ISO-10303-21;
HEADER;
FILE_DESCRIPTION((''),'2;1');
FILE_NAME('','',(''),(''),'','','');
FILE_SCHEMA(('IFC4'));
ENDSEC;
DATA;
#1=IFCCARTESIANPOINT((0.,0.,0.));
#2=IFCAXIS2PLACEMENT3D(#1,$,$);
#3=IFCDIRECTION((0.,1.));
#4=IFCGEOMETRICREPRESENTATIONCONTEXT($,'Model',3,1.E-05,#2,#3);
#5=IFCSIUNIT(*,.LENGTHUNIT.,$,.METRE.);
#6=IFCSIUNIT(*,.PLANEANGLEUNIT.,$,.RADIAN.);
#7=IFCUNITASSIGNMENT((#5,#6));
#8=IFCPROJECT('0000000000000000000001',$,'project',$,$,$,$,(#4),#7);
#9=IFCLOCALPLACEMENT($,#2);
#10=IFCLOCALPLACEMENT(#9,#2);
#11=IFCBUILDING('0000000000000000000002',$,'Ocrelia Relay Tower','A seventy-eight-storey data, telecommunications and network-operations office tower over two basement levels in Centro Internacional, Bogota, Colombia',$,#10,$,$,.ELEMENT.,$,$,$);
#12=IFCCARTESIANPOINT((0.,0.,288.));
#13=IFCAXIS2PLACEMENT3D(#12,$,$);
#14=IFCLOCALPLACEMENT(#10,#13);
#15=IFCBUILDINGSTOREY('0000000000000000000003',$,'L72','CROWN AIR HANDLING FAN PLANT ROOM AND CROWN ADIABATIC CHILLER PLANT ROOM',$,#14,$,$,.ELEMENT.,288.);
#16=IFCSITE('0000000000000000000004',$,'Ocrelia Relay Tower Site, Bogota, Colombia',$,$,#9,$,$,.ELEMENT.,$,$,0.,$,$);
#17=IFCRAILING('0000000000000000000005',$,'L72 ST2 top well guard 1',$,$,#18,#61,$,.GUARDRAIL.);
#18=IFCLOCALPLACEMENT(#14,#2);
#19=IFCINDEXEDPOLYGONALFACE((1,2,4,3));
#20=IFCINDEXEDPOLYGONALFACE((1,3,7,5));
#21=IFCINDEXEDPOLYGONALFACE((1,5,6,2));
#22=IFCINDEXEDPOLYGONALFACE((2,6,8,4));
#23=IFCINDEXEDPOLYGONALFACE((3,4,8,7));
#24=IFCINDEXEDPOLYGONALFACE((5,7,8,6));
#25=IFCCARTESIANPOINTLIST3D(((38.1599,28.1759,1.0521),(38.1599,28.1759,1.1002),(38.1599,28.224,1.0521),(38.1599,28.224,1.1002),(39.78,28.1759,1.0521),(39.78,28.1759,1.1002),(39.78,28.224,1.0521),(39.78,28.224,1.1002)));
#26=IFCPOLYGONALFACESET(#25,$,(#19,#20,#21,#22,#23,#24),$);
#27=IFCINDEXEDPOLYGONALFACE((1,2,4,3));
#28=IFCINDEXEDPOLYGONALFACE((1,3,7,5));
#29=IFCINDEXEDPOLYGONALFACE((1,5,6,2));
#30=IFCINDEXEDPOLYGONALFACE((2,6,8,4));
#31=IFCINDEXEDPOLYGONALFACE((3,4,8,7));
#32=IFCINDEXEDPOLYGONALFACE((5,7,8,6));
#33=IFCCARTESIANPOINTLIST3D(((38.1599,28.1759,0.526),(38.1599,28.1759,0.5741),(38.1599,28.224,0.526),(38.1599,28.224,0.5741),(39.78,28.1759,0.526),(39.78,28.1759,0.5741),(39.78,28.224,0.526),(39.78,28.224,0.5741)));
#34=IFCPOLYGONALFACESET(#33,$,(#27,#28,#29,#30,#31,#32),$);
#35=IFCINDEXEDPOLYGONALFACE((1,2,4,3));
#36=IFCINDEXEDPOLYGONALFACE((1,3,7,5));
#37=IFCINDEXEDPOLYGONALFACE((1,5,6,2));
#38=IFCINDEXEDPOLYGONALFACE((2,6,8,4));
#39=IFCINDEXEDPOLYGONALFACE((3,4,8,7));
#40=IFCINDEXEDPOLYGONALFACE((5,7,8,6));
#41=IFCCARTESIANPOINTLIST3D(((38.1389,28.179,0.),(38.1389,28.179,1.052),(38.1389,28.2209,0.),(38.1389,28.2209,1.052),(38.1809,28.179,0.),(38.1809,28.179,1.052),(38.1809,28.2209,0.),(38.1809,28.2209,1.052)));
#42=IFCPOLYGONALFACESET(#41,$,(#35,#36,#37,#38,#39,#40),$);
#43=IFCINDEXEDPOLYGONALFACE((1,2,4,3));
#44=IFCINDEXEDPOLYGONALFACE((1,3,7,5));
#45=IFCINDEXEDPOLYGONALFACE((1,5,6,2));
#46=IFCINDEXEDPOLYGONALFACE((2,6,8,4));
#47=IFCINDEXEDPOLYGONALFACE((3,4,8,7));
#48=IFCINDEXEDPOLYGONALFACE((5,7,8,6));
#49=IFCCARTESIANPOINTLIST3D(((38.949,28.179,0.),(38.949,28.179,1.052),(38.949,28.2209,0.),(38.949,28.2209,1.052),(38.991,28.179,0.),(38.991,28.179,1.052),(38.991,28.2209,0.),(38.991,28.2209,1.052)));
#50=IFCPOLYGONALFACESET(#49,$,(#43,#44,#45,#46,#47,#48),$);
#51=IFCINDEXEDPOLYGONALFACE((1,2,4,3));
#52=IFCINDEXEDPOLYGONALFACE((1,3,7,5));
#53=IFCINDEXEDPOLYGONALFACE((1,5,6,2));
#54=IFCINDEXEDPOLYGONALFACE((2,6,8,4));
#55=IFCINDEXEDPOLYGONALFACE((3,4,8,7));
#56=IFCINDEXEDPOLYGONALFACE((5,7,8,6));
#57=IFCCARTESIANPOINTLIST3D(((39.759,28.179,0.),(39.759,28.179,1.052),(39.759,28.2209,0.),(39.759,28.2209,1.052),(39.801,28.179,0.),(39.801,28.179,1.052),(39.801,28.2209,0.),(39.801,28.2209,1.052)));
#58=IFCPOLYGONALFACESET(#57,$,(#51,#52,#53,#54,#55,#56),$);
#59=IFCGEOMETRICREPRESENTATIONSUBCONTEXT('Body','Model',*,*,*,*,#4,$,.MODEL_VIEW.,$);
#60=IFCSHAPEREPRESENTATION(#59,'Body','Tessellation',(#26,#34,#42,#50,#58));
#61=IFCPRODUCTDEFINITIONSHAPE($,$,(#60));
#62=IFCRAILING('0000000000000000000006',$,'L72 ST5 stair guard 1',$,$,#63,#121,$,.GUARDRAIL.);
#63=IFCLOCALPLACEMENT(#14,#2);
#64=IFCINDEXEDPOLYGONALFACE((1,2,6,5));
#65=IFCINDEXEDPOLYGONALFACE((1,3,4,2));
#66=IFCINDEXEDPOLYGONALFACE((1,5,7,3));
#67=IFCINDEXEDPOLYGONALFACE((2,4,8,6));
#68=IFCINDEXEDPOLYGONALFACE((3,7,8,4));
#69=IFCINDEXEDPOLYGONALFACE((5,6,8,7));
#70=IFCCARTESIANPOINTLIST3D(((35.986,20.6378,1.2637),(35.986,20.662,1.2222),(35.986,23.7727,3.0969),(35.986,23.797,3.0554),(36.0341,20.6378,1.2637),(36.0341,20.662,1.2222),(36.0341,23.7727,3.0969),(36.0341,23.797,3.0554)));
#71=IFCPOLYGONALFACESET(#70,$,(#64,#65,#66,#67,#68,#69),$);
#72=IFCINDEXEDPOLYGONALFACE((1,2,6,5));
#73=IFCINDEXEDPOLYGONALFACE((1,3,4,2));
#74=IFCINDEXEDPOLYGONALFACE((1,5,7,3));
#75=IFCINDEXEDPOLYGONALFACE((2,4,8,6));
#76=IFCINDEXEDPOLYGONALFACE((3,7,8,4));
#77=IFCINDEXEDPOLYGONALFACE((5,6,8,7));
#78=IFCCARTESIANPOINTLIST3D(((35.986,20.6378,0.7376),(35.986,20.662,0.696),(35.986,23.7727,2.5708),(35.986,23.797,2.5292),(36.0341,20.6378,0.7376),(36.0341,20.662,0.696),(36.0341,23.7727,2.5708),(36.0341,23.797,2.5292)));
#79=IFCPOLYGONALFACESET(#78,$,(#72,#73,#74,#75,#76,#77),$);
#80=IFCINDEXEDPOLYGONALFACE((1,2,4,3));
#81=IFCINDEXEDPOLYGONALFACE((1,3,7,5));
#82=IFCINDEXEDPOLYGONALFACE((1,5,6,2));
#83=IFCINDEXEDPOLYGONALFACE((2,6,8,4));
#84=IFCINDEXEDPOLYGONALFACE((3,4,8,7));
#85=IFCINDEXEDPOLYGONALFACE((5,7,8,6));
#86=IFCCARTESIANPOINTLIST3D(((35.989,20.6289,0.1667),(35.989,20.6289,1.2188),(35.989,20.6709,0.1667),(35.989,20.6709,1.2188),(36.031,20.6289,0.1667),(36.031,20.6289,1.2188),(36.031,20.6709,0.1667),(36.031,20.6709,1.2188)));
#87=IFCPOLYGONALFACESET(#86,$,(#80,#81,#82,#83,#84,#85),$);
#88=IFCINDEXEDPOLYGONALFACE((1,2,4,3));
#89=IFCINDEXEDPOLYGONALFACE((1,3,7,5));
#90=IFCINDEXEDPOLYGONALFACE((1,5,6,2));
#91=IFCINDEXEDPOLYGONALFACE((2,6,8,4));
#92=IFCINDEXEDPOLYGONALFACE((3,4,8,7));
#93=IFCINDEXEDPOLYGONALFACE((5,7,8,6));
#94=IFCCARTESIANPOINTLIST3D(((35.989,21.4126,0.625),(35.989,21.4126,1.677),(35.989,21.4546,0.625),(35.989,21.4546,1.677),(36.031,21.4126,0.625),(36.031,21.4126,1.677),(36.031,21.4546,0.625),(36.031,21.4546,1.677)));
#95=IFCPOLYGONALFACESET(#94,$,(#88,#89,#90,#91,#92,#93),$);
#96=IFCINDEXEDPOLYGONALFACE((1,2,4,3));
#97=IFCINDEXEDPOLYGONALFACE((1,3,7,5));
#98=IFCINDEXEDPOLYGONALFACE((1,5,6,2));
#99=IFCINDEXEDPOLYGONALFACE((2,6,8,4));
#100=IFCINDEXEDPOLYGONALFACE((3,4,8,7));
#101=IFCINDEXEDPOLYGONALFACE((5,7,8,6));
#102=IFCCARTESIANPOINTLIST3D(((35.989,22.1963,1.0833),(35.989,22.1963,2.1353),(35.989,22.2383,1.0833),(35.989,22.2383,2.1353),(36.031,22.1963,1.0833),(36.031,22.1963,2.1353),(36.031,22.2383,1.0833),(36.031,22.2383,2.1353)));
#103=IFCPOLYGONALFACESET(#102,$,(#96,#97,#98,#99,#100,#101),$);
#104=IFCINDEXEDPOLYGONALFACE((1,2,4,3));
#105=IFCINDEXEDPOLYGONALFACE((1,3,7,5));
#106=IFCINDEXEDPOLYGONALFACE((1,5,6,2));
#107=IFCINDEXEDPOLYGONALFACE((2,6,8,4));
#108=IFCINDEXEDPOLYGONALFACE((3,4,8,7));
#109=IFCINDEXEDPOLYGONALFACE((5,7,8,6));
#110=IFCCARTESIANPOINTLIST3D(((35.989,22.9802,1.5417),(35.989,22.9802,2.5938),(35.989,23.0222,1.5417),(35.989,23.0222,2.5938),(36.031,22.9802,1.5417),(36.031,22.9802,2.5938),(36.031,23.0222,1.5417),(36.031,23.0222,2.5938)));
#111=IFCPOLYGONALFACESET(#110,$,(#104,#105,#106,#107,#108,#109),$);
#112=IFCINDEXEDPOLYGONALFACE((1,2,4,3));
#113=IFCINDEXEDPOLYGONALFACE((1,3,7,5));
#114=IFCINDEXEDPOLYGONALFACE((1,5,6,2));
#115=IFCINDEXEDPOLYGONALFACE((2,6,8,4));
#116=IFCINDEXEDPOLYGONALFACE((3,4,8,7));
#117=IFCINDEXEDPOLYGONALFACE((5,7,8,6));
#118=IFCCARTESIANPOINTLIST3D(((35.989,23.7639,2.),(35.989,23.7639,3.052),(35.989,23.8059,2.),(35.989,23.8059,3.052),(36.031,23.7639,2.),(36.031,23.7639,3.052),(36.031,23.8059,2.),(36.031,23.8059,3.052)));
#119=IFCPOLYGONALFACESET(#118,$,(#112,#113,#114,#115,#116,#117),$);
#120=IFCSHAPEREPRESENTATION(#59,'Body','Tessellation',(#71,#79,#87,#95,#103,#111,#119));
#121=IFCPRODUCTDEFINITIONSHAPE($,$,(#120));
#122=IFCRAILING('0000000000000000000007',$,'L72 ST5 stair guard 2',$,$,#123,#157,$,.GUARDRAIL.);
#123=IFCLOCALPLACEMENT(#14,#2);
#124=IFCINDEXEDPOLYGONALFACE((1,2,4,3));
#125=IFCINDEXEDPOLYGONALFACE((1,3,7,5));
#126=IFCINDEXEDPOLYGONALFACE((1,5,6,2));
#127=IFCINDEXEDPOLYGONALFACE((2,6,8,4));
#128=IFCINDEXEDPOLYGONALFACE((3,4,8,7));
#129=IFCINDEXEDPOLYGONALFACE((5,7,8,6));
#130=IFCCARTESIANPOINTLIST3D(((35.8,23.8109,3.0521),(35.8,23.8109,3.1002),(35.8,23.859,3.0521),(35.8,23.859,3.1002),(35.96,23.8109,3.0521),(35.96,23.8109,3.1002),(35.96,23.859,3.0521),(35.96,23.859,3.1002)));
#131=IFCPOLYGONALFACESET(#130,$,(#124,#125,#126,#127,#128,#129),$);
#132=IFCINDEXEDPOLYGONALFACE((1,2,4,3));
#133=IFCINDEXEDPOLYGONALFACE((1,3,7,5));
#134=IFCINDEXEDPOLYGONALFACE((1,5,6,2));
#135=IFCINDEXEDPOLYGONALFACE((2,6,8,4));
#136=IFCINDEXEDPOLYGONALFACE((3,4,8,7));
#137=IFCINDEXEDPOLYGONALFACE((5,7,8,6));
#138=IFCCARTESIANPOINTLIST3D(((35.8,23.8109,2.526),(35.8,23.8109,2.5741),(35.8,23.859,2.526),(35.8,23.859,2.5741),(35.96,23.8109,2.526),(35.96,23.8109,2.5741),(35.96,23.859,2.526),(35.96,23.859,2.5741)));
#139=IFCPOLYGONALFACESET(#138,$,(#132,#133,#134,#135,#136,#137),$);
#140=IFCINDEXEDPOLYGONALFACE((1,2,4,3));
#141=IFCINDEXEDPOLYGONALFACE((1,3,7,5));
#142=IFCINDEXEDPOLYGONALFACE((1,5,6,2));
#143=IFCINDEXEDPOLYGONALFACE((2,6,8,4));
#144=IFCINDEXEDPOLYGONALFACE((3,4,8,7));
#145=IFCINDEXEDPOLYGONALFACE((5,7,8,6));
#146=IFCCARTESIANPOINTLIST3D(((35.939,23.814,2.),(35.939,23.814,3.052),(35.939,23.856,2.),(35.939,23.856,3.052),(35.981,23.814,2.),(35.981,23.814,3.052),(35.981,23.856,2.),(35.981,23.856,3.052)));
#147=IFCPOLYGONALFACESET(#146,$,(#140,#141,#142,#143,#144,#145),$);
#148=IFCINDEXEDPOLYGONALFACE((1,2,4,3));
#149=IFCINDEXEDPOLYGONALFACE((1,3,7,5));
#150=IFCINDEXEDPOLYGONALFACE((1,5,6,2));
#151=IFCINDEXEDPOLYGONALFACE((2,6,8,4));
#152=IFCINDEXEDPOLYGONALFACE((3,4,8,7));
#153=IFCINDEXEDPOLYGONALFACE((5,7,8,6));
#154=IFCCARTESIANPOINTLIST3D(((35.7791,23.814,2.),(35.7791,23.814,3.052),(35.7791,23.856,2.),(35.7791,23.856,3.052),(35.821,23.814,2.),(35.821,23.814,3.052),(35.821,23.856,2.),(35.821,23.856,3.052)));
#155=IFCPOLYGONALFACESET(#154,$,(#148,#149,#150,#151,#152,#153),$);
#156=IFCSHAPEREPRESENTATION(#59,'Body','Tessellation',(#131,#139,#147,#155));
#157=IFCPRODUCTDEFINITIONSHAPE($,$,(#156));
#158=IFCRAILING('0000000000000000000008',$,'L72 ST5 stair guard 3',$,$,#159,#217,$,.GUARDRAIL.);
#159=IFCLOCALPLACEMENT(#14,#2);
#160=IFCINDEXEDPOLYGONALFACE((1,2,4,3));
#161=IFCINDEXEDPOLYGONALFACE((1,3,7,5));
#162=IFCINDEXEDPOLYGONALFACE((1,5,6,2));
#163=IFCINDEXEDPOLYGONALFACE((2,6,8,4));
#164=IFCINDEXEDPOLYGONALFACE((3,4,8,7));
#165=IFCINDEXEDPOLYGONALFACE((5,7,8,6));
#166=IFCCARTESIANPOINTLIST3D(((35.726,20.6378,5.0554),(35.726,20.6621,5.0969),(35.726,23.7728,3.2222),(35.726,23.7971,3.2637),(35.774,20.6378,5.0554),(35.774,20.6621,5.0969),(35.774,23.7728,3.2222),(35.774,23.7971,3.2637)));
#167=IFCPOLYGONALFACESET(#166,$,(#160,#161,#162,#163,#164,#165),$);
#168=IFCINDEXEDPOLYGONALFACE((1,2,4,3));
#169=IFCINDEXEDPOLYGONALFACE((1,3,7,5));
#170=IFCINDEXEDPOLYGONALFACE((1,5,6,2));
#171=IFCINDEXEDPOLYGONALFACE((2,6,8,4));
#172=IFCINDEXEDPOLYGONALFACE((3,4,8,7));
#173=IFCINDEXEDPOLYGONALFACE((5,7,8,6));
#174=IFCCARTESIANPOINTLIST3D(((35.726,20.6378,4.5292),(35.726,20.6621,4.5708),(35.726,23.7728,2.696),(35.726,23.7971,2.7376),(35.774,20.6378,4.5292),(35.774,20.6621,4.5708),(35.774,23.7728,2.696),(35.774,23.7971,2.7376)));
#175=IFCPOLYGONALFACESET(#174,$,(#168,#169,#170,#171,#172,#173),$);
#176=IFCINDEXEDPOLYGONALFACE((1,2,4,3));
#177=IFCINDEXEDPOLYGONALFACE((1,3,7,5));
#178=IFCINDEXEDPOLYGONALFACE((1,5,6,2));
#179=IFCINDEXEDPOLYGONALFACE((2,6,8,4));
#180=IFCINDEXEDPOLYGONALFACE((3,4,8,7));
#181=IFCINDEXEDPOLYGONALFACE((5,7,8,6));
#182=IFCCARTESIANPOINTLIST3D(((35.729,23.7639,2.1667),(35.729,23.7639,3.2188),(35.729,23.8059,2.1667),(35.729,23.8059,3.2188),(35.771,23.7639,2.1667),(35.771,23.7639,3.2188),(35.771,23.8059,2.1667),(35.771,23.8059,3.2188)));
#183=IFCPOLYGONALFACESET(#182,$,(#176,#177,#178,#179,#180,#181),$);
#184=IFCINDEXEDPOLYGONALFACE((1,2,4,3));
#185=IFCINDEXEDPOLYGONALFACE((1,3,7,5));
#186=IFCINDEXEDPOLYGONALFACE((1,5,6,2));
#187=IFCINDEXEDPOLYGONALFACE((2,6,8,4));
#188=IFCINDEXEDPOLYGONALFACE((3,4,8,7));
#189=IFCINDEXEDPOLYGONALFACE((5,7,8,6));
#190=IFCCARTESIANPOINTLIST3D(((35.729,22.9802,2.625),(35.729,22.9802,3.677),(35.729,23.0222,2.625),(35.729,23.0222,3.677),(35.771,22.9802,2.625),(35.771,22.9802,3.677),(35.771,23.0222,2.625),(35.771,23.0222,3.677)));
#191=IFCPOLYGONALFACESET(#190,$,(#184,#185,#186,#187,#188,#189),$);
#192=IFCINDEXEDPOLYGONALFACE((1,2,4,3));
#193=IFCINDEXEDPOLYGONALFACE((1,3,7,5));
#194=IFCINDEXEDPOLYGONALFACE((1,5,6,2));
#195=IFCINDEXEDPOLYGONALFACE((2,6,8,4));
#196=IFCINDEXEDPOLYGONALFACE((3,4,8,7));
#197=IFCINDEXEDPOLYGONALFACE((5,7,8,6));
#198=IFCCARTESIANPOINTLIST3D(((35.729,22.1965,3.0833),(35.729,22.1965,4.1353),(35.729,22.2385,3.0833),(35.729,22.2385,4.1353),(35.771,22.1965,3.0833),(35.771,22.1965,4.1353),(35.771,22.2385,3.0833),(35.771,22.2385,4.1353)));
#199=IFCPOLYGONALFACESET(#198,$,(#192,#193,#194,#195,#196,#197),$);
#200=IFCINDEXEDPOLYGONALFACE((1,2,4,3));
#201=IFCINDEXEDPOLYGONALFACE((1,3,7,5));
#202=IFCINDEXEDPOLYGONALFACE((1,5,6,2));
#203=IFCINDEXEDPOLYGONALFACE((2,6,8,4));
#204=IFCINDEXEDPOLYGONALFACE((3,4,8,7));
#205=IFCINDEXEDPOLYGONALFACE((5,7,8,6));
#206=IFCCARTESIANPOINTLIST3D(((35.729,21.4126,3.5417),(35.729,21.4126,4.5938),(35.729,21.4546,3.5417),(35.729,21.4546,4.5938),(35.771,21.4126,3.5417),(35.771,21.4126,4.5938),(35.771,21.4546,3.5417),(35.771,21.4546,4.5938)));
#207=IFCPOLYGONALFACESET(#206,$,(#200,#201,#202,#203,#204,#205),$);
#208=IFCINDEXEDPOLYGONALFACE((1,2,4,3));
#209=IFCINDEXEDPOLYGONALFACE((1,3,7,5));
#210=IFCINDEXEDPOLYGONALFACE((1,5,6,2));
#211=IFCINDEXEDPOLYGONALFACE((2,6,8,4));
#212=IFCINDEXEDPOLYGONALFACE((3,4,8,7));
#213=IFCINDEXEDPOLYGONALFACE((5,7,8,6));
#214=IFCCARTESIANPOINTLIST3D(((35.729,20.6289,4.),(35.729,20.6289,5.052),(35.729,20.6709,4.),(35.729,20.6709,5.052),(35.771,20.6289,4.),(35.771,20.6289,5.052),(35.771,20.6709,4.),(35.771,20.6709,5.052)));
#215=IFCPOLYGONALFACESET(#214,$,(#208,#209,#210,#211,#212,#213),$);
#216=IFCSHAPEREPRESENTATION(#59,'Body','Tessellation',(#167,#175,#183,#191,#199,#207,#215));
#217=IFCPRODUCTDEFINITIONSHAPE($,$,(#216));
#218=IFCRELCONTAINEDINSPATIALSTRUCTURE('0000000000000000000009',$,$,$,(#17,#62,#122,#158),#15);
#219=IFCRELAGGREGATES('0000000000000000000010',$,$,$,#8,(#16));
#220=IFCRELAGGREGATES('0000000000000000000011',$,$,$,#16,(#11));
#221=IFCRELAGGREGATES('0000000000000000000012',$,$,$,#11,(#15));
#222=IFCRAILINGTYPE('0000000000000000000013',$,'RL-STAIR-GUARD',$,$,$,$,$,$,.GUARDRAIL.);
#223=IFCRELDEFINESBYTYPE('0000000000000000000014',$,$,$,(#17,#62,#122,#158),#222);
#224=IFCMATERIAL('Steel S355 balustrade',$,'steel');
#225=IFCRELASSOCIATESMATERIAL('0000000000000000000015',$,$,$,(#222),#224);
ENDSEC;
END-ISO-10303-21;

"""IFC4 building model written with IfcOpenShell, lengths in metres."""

from ifc_helpers import new_model, si_unit, direction, frame, origin, origin_2d, place, context, subcontext, project, spatial, rectangle, extrude, material, type_object, element, save


model = new_model("IFC4")

# Units and contexts
model_context = context("Model", 3, precision=1e-05, world=origin(), true_north=direction((0.0, 1.0)))
body_context = subcontext(model_context, "Body", "Model", "MODEL_VIEW")
ifc_project = project(units=[si_unit("LENGTHUNIT", "METRE"), si_unit("PLANEANGLEUNIT", "RADIAN")], contexts=[model_context])

# Site, building, storey
site_placement = place(None, origin())
site = spatial("IfcSite", under=ifc_project, at=site_placement, Name="Ocrelia Relay Tower Site, Bogota, Colombia", CompositionType="ELEMENT", RefElevation=0.0)
building_placement = place(site_placement, origin())
building = spatial("IfcBuilding", under=site, at=building_placement, Name="Ocrelia Relay Tower", Description="A seventy-eight-storey data, telecommunications and network-operations office tower over two basement levels in Centro Internacional, Bogota, Colombia", CompositionType="ELEMENT")
storey_placement = place(building_placement, frame((0.0, 0.0, 288.0)))
storey = spatial("IfcBuildingStorey", under=building, at=storey_placement, Name="L72", Description="CROWN AIR HANDLING FAN PLANT ROOM AND CROWN ADIABATIC CHILLER PLANT ROOM", CompositionType="ELEMENT", Elevation=288.0)

# Railings
ifc_material_1 = material(Name="Steel S355 balustrade", Category="steel")
railing_type_1 = type_object("IfcRailingType", Name="RL-STAIR-GUARD", PredefinedType="GUARDRAIL", material=ifc_material_1)
railing_1_placement = place(storey_placement, frame((38.1599, 28.2, 0.0)))
element("IfcRailing", 1, at=railing_1_placement, inside=storey, type_object=railing_type_1, Name="L72 ST2 top well guard 1", PredefinedType="GUARDRAIL", context=body_context, shape_type="SweptSolid", body=[
    extrude(rectangle(XDim=0.0481, YDim=0.0481, at=origin_2d()), frame((0.0, 0.0, 1.0762), z_axis=(1.0, 0.0, 0.0), x_axis=(0.0, 1.0, 0.0)), (0.0, 0.0, 1.0), 1.6201),
    extrude(rectangle(XDim=0.0481, YDim=0.0481, at=origin_2d()), frame((0.0, 0.0, 0.55), z_axis=(1.0, 0.0, 0.0), x_axis=(0.0, 1.0, 0.0)), (0.0, 0.0, 1.0), 1.6201),
    extrude(rectangle(XDim=0.042, YDim=0.042, at=origin_2d()), origin(), (0.0, 0.0, 1.0), 1.052),
    extrude(rectangle(XDim=0.042, YDim=0.042, at=origin_2d()), frame((0.8101, 0.0, 0.0)), (0.0, 0.0, 1.0), 1.052),
    extrude(rectangle(XDim=0.042, YDim=0.042, at=origin_2d()), frame((1.6201, 0.0, 0.0)), (0.0, 0.0, 1.0), 1.052),
])
railing_2_placement = place(storey_placement, frame((36.01, 20.6499, 0.1667)))
element("IfcRailing", 2, at=railing_2_placement, inside=storey, type_object=railing_type_1, Name="L72 ST5 stair guard 1", PredefinedType="GUARDRAIL", context=body_context, shape_type="SweptSolid", body=[
    extrude(rectangle(XDim=0.0481, YDim=0.0481, at=origin_2d()), frame((0.0, 0.0, 1.0762), z_axis=(0.0, 0.86324, 0.504794), x_axis=(-1.0, 0.0, 0.0)), (0.0, 0.0, 1.0), 3.6316),
    extrude(rectangle(XDim=0.0481, YDim=0.0481, at=origin_2d()), frame((0.0, 0.0, 0.55), z_axis=(0.0, 0.86324, 0.504794), x_axis=(-1.0, 0.0, 0.0)), (0.0, 0.0, 1.0), 3.6316),
    extrude(rectangle(XDim=0.042, YDim=0.042, at=origin_2d()), origin(), (0.0, 0.0, 1.0), 1.052),
    extrude(rectangle(XDim=0.042, YDim=0.042, at=origin_2d()), frame((0.0, 0.7837, 0.4583)), (0.0, 0.0, 1.0), 1.052),
    extrude(rectangle(XDim=0.042, YDim=0.042, at=origin_2d()), frame((0.0, 1.5674, 0.9165)), (0.0, 0.0, 1.0), 1.052),
    extrude(rectangle(XDim=0.042, YDim=0.042, at=origin_2d()), frame((0.0, 2.3513, 1.375)), (0.0, 0.0, 1.0), 1.052),
    extrude(rectangle(XDim=0.042, YDim=0.042, at=origin_2d()), frame((0.0, 3.135, 1.8333)), (0.0, 0.0, 1.0), 1.052),
])
railing_3_placement = place(storey_placement, frame((35.96, 23.835, 2.0)))
element("IfcRailing", 3, at=railing_3_placement, inside=storey, type_object=railing_type_1, Name="L72 ST5 stair guard 2", PredefinedType="GUARDRAIL", context=body_context, shape_type="SweptSolid", body=[
    extrude(rectangle(XDim=0.0481, YDim=0.0481, at=origin_2d()), frame((0.0, 0.0, 1.0762), z_axis=(-1.0, 0.0, 0.0), x_axis=(0.0, -1.0, 0.0)), (0.0, 0.0, 1.0), 0.1599),
    extrude(rectangle(XDim=0.0481, YDim=0.0481, at=origin_2d()), frame((0.0, 0.0, 0.55), z_axis=(-1.0, 0.0, 0.0), x_axis=(0.0, -1.0, 0.0)), (0.0, 0.0, 1.0), 0.1599),
    extrude(rectangle(XDim=0.042, YDim=0.042, at=origin_2d()), origin(), (0.0, 0.0, 1.0), 1.052),
    extrude(rectangle(XDim=0.042, YDim=0.042, at=origin_2d()), frame((-0.1599, 0.0, 0.0)), (0.0, 0.0, 1.0), 1.052),
])
railing_4_placement = place(storey_placement, frame((35.75, 23.7849, 2.1667)))
element("IfcRailing", 4, at=railing_4_placement, inside=storey, type_object=railing_type_1, Name="L72 ST5 stair guard 3", PredefinedType="GUARDRAIL", context=body_context, shape_type="SweptSolid", body=[
    extrude(rectangle(XDim=0.0481, YDim=0.0481, at=origin_2d()), frame((0.0, 0.0, 1.0762), z_axis=(0.0, -0.86324, 0.504794), x_axis=(1.0, 0.0, 0.0)), (0.0, 0.0, 1.0), 3.6316),
    extrude(rectangle(XDim=0.0481, YDim=0.0481, at=origin_2d()), frame((0.0, 0.0, 0.55), z_axis=(0.0, -0.86324, 0.504794), x_axis=(1.0, 0.0, 0.0)), (0.0, 0.0, 1.0), 3.6316),
    extrude(rectangle(XDim=0.042, YDim=0.042, at=origin_2d()), origin(), (0.0, 0.0, 1.0), 1.052),
    extrude(rectangle(XDim=0.042, YDim=0.042, at=origin_2d()), frame((0.0, -0.7837, 0.4583)), (0.0, 0.0, 1.0), 1.052),
    extrude(rectangle(XDim=0.042, YDim=0.042, at=origin_2d()), frame((0.0, -1.5674, 0.9165)), (0.0, 0.0, 1.0), 1.052),
    extrude(rectangle(XDim=0.042, YDim=0.042, at=origin_2d()), frame((0.0, -2.3513, 1.375)), (0.0, 0.0, 1.0), 1.052),
    extrude(rectangle(XDim=0.042, YDim=0.042, at=origin_2d()), frame((0.0, -3.135, 1.8333)), (0.0, 0.0, 1.0), 1.052),
])

save(model, "model.ifc")
